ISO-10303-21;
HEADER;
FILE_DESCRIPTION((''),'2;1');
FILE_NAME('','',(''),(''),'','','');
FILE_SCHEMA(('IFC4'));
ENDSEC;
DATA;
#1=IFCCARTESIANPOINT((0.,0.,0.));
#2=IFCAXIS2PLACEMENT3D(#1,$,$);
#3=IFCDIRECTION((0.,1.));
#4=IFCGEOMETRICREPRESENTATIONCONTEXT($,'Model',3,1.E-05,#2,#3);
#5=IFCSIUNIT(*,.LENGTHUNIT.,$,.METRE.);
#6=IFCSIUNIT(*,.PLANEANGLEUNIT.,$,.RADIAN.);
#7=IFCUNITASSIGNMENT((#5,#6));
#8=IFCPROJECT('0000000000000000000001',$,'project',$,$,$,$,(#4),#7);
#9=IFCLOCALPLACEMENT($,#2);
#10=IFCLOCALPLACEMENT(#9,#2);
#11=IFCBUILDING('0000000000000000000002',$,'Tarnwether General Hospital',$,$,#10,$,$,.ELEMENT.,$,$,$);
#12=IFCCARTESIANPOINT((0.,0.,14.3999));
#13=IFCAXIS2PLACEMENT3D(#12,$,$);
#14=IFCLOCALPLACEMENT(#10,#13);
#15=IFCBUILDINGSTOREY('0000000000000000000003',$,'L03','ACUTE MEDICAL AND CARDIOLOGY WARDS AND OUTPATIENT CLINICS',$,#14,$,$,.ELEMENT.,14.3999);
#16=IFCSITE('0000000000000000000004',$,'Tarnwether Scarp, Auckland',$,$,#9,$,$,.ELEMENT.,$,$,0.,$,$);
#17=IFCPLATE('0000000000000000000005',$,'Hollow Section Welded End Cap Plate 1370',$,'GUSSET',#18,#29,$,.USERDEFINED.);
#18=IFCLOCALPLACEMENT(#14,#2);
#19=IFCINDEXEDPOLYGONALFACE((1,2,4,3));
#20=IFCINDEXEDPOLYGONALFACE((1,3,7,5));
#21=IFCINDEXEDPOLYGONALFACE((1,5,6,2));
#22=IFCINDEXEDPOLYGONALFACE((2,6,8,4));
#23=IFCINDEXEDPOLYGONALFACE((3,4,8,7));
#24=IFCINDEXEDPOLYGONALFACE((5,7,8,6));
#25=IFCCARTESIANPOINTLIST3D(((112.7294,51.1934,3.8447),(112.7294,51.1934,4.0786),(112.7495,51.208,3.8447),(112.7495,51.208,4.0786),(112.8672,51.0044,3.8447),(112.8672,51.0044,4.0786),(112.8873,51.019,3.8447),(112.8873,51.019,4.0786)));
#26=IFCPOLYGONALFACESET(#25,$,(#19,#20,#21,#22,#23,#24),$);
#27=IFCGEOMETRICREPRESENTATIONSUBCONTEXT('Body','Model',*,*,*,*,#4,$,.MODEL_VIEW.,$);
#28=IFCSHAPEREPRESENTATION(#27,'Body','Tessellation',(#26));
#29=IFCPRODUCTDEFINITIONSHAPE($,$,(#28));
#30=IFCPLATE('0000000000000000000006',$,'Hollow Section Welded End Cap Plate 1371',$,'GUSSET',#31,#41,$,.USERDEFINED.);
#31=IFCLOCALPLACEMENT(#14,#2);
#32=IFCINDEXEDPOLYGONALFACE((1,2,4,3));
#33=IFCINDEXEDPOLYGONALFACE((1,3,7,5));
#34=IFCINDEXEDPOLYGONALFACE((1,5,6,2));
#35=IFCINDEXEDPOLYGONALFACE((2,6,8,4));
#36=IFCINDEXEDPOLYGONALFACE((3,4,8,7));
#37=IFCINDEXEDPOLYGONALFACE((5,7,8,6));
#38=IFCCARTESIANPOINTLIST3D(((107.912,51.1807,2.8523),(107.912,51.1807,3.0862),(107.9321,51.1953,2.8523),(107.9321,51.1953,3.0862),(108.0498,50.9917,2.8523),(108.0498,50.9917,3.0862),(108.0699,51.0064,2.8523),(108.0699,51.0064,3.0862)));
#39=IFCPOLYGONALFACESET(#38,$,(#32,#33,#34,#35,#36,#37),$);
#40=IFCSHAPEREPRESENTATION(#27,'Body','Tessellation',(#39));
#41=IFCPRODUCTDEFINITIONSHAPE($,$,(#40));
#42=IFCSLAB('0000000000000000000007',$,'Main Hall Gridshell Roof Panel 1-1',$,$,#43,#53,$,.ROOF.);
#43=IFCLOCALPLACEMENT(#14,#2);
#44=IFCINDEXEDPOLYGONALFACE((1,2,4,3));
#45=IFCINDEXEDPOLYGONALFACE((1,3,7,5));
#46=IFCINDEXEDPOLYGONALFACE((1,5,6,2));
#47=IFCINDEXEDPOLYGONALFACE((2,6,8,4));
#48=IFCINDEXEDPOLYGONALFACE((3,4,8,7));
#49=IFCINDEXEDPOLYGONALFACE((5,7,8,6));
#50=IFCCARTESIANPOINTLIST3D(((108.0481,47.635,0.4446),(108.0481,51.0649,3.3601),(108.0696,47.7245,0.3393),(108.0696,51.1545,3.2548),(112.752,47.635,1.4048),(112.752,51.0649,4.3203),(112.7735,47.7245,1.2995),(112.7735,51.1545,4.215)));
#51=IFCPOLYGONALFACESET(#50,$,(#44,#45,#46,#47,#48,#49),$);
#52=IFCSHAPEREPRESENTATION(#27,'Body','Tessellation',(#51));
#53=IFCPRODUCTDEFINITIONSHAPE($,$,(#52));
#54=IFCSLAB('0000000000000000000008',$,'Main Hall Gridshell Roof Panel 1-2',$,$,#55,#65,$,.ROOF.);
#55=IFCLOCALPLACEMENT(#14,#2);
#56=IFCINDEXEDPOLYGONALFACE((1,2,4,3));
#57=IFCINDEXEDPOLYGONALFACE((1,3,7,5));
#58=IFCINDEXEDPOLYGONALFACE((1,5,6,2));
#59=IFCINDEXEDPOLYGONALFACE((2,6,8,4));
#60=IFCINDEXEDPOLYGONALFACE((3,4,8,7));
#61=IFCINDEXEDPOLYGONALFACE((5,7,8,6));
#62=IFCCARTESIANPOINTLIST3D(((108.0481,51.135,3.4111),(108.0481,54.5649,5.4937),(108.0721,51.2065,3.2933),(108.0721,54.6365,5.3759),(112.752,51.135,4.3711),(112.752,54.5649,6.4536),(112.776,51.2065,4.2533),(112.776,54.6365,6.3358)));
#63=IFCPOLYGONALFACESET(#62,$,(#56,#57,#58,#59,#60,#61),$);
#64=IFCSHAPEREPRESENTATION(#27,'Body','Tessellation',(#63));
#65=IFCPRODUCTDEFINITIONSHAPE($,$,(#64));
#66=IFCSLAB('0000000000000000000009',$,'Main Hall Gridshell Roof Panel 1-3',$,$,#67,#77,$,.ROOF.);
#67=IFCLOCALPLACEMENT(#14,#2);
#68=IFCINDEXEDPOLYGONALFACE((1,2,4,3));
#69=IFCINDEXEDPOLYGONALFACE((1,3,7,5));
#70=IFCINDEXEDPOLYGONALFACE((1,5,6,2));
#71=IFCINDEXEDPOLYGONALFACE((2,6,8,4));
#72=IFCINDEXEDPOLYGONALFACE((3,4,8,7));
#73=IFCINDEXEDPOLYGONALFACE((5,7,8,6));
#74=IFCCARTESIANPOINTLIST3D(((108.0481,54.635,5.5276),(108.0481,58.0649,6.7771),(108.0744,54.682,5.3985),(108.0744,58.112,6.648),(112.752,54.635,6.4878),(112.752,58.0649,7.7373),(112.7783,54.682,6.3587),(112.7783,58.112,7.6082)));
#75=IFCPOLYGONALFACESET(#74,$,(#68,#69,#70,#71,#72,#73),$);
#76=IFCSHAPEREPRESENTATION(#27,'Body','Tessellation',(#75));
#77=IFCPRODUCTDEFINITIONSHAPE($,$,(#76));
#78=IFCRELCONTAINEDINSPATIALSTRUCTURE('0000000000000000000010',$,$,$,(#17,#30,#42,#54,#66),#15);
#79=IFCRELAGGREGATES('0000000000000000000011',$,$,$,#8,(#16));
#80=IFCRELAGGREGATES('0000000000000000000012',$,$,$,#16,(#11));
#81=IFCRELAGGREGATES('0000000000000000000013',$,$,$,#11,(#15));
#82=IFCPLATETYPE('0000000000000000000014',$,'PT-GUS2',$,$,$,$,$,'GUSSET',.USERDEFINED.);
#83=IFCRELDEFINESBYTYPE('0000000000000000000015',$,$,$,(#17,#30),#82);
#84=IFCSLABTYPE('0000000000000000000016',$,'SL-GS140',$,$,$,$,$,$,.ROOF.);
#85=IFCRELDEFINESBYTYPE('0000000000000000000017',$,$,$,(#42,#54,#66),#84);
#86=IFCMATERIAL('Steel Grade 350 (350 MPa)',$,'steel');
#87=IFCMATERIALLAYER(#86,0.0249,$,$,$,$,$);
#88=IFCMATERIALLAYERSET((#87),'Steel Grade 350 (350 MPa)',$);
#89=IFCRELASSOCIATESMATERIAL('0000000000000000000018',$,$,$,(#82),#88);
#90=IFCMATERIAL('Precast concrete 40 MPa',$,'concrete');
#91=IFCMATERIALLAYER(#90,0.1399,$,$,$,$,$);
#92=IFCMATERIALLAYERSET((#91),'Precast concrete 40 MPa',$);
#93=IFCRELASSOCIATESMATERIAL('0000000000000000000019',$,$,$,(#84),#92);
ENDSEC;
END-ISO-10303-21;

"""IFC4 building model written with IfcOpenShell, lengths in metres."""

from ifc_helpers import new_model, si_unit, direction, frame, origin, origin_2d, place, context, subcontext, project, spatial, polyline, rectangle, outline, extrude, material, layer, layer_set, type_object, element, save


model = new_model("IFC4")

# Units and contexts
model_context = context("Model", 3, precision=1e-05, world=origin(), true_north=direction((0.0, 1.0)))
body_context = subcontext(model_context, "Body", "Model", "MODEL_VIEW")
ifc_project = project(units=[si_unit("LENGTHUNIT", "METRE"), si_unit("PLANEANGLEUNIT", "RADIAN")], contexts=[model_context])

# Site, building, storey
site_placement = place(None, origin())
site = spatial("IfcSite", under=ifc_project, at=site_placement, Name="Tarnwether Scarp, Auckland", CompositionType="ELEMENT", RefElevation=0.0)
building_placement = place(site_placement, origin())
building = spatial("IfcBuilding", under=site, at=building_placement, Name="Tarnwether General Hospital", CompositionType="ELEMENT")
storey_placement = place(building_placement, frame((0.0, 0.0, 14.3999)))
storey = spatial("IfcBuildingStorey", under=building, at=storey_placement, Name="L03", Description="ACUTE MEDICAL AND CARDIOLOGY WARDS AND OUTPATIENT CLINICS", CompositionType="ELEMENT", Elevation=14.3999)

# Plates
ifc_material_1 = material(Name="Steel Grade 350 (350 MPa)", Category="steel")
ifc_layer_1 = layer(ifc_material_1, 0.0249)
ifc_layer_set_1 = layer_set([ifc_layer_1], Name="Steel Grade 350 (350 MPa)")
plate_type = type_object("IfcPlateType", Name="PT-GUS2", ElementType="GUSSET", PredefinedType="USERDEFINED", material=ifc_layer_set_1)
for number, where, z_axis, x_axis, name in (
    (1, (112.8083, 51.1062, 3.8447), (0.0, 0.0, 1.0), (0.80801, 0.589168, 0.0), "Hollow Section Welded End Cap Plate 1370"),
    (2, (107.991, 51.0935, 2.8523), (0.0, 0.0, 1.0), (0.80801, 0.589168, 0.0), "Hollow Section Welded End Cap Plate 1371"),
):
    element("IfcPlate", number, at=place(storey_placement, frame(where, z_axis=z_axis, x_axis=x_axis)), inside=storey, type_object=plate_type, Name=name, ObjectType="GUSSET", PredefinedType="USERDEFINED", context=body_context, shape_type="SweptSolid", body=[
        extrude(rectangle(XDim=0.0249, YDim=0.2339, at=origin_2d()), origin(), (0.0, 0.0, 1.0), 0.2339),
    ])

# Slabs
ifc_material_2 = material(Name="Precast concrete 40 MPa", Category="concrete")
ifc_layer_2 = layer(ifc_material_2, 0.1399)
ifc_layer_set_2 = layer_set([ifc_layer_2], Name="Precast concrete 40 MPa")
slab_type = type_object("IfcSlabType", Name="SL-GS140", PredefinedType="ROOF", material=ifc_layer_set_2)
slab_1_placement = place(storey_placement, frame((108.0481, 47.635, 0.4446), z_axis=(-0.153686, -0.639965, 0.752878), x_axis=(0.979795, 0.0, 0.200007)))
element("IfcSlab", 3, at=slab_1_placement, inside=storey, type_object=slab_type, Name="Main Hall Gridshell Roof Panel 1-1", PredefinedType="ROOF", context=body_context, shape_type="SweptSolid", body=[
    extrude(outline(polyline([(0.0, 0.0), (4.8009, 0.0), (5.384, 4.4637), (0.5831, 4.4637), (0.0, 0.0)])), origin(), (0.0, 0.0, -1.0), 0.1399),
])
slab_2_placement = place(storey_placement, frame((108.0481, 51.135, 3.4111), z_axis=(-0.171848, -0.511268, 0.842065), x_axis=(0.979804, 0.0, 0.199958)))
element("IfcSlab", 4, at=slab_2_placement, inside=storey, type_object=slab_type, Name="Main Hall Gridshell Roof Panel 1-2", PredefinedType="ROOF", context=body_context, shape_type="SweptSolid", body=[
    extrude(outline(polyline([(0.0, 0.0), (4.8008, 0.0), (5.2172, 3.991), (0.4164, 3.991), (0.0, 0.0)])), origin(), (0.0, 0.0, -1.0), 0.1399),
])
slab_3_placement = place(storey_placement, frame((108.0481, 54.635, 5.5276), z_axis=(-0.188367, -0.336163, 0.922774), x_axis=(0.979795, 0.0, 0.200007)))
element("IfcSlab", 5, at=slab_3_placement, inside=storey, type_object=slab_type, Name="Main Hall Gridshell Roof Panel 1-3", PredefinedType="ROOF", context=body_context, shape_type="SweptSolid", body=[
    extrude(outline(polyline([(0.0, 0.0), (4.8009, 0.0), (5.0508, 3.6419), (0.2499, 3.6419), (0.0, 0.0)])), origin(), (0.0, 0.0, -1.0), 0.1399),
])

save(model, "model.ifc")
